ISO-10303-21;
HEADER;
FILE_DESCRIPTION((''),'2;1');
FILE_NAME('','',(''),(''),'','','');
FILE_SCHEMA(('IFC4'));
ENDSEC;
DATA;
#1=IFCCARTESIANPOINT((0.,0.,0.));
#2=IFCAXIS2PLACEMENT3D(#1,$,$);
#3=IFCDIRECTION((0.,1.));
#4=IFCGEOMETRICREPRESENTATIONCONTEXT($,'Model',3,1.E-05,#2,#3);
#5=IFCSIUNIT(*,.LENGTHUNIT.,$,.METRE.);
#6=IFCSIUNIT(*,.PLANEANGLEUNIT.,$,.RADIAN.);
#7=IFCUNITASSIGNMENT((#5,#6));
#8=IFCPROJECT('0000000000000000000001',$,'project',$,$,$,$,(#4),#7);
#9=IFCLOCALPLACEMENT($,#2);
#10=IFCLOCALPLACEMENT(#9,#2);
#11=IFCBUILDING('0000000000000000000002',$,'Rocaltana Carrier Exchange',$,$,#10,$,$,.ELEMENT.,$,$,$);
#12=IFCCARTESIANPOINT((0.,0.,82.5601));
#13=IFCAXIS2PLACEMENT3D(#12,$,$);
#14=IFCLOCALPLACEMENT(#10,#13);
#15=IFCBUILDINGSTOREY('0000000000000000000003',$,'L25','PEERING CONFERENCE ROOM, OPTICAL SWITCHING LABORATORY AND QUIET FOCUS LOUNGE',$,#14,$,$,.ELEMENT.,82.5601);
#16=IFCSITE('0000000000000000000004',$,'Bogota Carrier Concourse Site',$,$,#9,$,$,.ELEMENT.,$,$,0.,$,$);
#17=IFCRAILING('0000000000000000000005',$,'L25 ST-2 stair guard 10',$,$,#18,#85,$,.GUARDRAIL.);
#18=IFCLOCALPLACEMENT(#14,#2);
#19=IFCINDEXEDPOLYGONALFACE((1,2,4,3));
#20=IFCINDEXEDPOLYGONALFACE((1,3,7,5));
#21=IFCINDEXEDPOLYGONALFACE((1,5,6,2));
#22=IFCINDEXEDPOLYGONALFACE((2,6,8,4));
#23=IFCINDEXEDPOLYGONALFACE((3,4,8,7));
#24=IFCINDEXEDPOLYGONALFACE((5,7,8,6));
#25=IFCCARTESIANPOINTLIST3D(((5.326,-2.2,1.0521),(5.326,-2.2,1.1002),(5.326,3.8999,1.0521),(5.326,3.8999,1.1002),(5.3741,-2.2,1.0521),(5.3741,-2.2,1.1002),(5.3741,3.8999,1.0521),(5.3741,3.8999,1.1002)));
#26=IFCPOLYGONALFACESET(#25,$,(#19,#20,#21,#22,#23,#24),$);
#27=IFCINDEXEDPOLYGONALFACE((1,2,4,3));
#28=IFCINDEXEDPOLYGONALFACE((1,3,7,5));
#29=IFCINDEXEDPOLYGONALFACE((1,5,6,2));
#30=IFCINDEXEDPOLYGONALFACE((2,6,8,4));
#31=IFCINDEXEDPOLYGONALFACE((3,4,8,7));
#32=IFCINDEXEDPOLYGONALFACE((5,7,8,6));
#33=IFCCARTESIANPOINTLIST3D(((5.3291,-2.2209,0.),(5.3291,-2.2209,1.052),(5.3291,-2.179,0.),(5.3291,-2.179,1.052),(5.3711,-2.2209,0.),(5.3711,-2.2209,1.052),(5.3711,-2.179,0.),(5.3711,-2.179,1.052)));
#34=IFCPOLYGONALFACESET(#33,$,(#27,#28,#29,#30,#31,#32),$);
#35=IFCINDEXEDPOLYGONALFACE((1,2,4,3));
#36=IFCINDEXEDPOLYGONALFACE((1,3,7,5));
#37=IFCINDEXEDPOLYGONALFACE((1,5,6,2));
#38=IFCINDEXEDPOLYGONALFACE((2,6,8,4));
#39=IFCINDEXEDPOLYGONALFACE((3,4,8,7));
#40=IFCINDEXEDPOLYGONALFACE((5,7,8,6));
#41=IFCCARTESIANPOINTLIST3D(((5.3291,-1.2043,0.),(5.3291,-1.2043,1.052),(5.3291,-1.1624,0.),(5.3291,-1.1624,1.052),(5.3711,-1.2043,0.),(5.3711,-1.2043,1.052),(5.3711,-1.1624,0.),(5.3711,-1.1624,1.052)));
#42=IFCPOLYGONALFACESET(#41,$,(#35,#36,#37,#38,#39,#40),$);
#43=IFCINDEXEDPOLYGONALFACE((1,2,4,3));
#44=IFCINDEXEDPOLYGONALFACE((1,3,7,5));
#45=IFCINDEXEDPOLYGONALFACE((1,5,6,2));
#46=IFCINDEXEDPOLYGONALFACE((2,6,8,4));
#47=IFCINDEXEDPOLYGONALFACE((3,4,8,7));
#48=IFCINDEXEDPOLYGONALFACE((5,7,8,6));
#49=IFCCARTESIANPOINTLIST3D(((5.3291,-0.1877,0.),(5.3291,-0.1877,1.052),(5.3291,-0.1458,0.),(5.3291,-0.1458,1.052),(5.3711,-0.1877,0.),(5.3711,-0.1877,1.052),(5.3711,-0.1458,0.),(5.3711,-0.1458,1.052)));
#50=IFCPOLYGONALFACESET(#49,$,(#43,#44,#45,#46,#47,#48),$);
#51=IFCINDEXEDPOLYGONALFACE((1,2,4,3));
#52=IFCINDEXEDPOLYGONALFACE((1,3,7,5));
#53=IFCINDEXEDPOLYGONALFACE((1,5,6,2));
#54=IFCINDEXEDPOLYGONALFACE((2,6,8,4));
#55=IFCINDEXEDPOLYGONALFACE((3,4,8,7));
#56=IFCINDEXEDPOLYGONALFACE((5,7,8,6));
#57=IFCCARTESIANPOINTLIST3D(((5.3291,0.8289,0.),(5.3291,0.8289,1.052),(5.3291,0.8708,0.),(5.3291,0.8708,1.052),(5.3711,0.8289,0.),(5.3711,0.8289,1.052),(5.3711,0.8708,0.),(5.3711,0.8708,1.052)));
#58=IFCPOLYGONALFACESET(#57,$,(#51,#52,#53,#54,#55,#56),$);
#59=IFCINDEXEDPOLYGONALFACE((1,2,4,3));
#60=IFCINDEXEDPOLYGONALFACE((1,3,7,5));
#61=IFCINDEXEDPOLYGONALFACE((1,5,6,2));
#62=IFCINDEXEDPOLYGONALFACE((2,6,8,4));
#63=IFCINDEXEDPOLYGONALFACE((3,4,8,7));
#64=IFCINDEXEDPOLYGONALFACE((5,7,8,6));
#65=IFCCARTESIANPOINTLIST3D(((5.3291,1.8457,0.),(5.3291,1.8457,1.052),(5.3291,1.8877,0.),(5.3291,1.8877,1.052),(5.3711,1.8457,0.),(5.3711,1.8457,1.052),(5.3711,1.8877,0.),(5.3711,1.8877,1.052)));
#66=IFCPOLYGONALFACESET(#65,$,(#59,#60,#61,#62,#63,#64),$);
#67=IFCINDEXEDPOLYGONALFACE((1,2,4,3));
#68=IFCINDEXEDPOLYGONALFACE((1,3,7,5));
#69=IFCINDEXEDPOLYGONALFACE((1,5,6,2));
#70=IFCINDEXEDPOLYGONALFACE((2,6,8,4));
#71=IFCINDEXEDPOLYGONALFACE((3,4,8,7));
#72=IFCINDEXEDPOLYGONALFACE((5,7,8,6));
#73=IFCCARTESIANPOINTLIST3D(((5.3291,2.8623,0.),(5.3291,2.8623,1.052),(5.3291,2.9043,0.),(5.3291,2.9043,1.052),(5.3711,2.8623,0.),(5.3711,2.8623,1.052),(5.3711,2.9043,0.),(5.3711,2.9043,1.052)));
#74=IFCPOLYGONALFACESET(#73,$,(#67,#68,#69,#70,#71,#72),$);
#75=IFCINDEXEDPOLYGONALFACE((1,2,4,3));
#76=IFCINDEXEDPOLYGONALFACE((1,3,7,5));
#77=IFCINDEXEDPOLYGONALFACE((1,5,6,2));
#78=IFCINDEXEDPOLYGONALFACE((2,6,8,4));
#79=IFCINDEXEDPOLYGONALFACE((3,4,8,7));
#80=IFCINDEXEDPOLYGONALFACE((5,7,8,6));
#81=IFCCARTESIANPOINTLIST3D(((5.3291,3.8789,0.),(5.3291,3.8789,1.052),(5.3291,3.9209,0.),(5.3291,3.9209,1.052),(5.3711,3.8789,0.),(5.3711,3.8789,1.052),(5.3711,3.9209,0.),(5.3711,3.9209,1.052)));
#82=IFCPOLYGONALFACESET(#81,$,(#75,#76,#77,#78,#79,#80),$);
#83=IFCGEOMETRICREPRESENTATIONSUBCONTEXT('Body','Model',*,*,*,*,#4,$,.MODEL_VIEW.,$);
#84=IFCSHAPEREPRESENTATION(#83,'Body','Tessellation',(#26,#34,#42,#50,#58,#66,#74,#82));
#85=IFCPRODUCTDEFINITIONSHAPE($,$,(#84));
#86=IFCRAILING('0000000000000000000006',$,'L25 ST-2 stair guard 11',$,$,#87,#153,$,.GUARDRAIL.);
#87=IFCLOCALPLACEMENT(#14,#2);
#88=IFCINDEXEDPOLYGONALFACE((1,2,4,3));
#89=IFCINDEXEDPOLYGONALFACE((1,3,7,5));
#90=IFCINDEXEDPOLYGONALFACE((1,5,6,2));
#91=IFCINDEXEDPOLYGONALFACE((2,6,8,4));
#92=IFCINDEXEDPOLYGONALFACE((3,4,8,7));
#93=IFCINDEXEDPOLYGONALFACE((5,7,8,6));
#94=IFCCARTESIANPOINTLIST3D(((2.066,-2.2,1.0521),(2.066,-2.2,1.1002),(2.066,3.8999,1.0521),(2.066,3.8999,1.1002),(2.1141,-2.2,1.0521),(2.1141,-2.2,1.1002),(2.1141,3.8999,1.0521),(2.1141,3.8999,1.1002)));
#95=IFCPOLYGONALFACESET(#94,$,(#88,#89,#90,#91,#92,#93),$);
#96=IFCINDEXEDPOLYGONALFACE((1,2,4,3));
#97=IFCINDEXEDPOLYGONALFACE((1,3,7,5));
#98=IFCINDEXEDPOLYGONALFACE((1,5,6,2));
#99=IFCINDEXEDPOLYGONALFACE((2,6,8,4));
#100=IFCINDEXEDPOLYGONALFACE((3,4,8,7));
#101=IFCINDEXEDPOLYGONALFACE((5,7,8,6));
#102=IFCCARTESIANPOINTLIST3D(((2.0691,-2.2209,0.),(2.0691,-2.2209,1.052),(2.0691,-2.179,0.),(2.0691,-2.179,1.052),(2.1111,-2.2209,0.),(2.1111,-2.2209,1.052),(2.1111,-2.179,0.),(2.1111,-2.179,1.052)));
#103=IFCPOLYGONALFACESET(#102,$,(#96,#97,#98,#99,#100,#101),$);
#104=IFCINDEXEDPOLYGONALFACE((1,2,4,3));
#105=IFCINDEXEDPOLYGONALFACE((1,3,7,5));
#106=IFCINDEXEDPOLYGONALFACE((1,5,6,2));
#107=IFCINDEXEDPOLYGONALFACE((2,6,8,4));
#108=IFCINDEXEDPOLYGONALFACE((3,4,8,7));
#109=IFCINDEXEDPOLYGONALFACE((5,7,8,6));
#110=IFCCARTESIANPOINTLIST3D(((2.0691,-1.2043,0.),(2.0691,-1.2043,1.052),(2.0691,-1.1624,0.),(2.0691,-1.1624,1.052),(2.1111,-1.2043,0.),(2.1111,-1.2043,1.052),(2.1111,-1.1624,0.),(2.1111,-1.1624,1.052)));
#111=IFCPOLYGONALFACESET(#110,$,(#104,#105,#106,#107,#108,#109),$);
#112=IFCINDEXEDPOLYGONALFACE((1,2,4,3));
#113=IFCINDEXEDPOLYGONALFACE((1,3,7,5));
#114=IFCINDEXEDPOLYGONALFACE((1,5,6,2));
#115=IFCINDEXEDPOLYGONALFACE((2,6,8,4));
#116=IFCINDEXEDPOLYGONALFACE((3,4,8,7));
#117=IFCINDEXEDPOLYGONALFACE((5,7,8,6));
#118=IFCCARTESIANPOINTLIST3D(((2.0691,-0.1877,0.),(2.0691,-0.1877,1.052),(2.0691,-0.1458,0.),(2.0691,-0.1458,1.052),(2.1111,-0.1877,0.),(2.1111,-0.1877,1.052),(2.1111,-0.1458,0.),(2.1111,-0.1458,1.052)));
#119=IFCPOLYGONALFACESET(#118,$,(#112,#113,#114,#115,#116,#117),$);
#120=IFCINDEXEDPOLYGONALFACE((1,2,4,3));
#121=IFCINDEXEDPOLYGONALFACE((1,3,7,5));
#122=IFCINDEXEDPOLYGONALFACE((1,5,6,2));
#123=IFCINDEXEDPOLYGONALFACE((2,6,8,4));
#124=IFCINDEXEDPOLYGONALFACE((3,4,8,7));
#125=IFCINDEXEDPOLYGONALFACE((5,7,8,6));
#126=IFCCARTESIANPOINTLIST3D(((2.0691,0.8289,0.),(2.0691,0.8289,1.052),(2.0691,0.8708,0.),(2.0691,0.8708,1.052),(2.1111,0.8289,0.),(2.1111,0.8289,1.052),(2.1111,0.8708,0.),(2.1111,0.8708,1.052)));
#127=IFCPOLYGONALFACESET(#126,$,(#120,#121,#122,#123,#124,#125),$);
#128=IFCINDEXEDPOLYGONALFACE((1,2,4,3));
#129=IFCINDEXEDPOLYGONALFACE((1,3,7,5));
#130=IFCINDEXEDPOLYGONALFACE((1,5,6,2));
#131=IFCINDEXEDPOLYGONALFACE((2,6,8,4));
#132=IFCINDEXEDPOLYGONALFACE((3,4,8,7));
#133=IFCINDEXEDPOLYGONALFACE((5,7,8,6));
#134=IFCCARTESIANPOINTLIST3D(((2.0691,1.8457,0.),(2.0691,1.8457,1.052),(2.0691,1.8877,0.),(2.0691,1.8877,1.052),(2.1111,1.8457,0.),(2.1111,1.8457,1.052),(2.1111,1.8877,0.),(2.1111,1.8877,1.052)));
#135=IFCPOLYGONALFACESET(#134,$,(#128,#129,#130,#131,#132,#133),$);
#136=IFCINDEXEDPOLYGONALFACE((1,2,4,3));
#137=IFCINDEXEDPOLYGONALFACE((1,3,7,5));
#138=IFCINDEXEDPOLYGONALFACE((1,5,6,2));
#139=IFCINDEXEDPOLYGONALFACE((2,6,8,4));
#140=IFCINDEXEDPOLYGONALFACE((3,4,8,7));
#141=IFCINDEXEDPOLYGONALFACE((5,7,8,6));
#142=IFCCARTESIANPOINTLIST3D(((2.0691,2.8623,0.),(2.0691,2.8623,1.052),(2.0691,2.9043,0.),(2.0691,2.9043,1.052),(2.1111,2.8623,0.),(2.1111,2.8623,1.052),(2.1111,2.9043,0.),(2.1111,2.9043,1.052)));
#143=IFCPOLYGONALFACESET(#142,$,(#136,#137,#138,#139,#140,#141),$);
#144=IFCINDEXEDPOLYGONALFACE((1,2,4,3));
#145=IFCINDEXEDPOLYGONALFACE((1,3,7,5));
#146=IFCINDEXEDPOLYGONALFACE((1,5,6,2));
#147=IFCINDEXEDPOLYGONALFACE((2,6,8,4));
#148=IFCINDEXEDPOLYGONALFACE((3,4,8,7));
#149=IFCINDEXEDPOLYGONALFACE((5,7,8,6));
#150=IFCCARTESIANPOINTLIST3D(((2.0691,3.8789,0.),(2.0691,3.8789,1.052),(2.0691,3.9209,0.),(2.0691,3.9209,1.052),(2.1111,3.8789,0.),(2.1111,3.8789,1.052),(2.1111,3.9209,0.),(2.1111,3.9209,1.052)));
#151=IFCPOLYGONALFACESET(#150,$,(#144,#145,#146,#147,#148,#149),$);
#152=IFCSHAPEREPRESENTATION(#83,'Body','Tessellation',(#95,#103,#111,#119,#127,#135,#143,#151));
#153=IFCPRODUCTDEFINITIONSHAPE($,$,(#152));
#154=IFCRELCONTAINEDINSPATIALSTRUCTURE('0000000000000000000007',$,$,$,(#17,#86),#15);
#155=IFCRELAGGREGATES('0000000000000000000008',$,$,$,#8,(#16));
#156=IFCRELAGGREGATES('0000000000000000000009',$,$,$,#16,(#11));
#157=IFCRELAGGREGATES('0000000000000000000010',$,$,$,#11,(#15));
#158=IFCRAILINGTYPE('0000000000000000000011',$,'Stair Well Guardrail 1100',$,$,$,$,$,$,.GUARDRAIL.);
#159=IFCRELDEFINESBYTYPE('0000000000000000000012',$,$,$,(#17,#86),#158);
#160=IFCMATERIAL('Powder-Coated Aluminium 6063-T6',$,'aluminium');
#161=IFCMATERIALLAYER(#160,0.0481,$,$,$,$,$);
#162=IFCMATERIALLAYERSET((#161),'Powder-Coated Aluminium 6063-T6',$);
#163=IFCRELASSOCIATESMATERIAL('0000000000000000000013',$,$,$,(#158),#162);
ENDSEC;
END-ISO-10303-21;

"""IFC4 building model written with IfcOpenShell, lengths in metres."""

from ifc_helpers import new_model, si_unit, direction, frame, origin, origin_2d, place, context, subcontext, project, spatial, rectangle, extrude, material, layer, layer_set, type_object, element, save


model = new_model("IFC4")

# Units and contexts
model_context = context("Model", 3, precision=1e-05, world=origin(), true_north=direction((0.0, 1.0)))
body_context = subcontext(model_context, "Body", "Model", "MODEL_VIEW")
ifc_project = project(units=[si_unit("LENGTHUNIT", "METRE"), si_unit("PLANEANGLEUNIT", "RADIAN")], contexts=[model_context])

# Site, building, storey
site_placement = place(None, origin())
site = spatial("IfcSite", under=ifc_project, at=site_placement, Name="Bogota Carrier Concourse Site", CompositionType="ELEMENT", RefElevation=0.0)
building_placement = place(site_placement, origin())
building = spatial("IfcBuilding", under=site, at=building_placement, Name="Rocaltana Carrier Exchange", CompositionType="ELEMENT")
storey_placement = place(building_placement, frame((0.0, 0.0, 82.5601)))
storey = spatial("IfcBuildingStorey", under=building, at=storey_placement, Name="L25", Description="PEERING CONFERENCE ROOM, OPTICAL SWITCHING LABORATORY AND QUIET FOCUS LOUNGE", CompositionType="ELEMENT", Elevation=82.5601)

# Railings
ifc_material_1 = material(Name="Powder-Coated Aluminium 6063-T6", Category="aluminium")
ifc_layer_1 = layer(ifc_material_1, 0.0481)
ifc_layer_set_1 = layer_set([ifc_layer_1], Name="Powder-Coated Aluminium 6063-T6")
railing_type_1 = type_object("IfcRailingType", Name="Stair Well Guardrail 1100", PredefinedType="GUARDRAIL", material=ifc_layer_set_1)
for number, where, name in (
    (1, (5.3501, -2.2, 0.0), "L25 ST-2 stair guard 10"),
    (2, (2.0901, -2.2, 0.0), "L25 ST-2 stair guard 11"),
):
    element("IfcRailing", number, at=place(storey_placement, frame(where)), inside=storey, type_object=railing_type_1, Name=name, PredefinedType="GUARDRAIL", context=body_context, shape_type="SweptSolid", body=[
        extrude(rectangle(XDim=0.0481, YDim=0.0481, at=origin_2d()), frame((0.0, 0.0, 1.0762), z_axis=(0.0, 1.0, 0.0), x_axis=(-1.0, 0.0, 0.0)), (0.0, 0.0, 1.0), 6.0999),
        extrude(rectangle(XDim=0.042, YDim=0.042, at=origin_2d()), origin(), (0.0, 0.0, 1.0), 1.052),
        extrude(rectangle(XDim=0.042, YDim=0.042, at=origin_2d()), frame((0.0, 1.0166, 0.0)), (0.0, 0.0, 1.0), 1.052),
        extrude(rectangle(XDim=0.042, YDim=0.042, at=origin_2d()), frame((0.0, 2.0332, 0.0)), (0.0, 0.0, 1.0), 1.052),
        extrude(rectangle(XDim=0.042, YDim=0.042, at=origin_2d()), frame((0.0, 3.0498, 0.0)), (0.0, 0.0, 1.0), 1.052),
        extrude(rectangle(XDim=0.042, YDim=0.042, at=origin_2d()), frame((0.0, 4.0667, 0.0)), (0.0, 0.0, 1.0), 1.052),
        extrude(rectangle(XDim=0.042, YDim=0.042, at=origin_2d()), frame((0.0, 5.0833, 0.0)), (0.0, 0.0, 1.0), 1.052),
        extrude(rectangle(XDim=0.042, YDim=0.042, at=origin_2d()), frame((0.0, 6.0999, 0.0)), (0.0, 0.0, 1.0), 1.052),
    ])

save(model, "model.ifc")
